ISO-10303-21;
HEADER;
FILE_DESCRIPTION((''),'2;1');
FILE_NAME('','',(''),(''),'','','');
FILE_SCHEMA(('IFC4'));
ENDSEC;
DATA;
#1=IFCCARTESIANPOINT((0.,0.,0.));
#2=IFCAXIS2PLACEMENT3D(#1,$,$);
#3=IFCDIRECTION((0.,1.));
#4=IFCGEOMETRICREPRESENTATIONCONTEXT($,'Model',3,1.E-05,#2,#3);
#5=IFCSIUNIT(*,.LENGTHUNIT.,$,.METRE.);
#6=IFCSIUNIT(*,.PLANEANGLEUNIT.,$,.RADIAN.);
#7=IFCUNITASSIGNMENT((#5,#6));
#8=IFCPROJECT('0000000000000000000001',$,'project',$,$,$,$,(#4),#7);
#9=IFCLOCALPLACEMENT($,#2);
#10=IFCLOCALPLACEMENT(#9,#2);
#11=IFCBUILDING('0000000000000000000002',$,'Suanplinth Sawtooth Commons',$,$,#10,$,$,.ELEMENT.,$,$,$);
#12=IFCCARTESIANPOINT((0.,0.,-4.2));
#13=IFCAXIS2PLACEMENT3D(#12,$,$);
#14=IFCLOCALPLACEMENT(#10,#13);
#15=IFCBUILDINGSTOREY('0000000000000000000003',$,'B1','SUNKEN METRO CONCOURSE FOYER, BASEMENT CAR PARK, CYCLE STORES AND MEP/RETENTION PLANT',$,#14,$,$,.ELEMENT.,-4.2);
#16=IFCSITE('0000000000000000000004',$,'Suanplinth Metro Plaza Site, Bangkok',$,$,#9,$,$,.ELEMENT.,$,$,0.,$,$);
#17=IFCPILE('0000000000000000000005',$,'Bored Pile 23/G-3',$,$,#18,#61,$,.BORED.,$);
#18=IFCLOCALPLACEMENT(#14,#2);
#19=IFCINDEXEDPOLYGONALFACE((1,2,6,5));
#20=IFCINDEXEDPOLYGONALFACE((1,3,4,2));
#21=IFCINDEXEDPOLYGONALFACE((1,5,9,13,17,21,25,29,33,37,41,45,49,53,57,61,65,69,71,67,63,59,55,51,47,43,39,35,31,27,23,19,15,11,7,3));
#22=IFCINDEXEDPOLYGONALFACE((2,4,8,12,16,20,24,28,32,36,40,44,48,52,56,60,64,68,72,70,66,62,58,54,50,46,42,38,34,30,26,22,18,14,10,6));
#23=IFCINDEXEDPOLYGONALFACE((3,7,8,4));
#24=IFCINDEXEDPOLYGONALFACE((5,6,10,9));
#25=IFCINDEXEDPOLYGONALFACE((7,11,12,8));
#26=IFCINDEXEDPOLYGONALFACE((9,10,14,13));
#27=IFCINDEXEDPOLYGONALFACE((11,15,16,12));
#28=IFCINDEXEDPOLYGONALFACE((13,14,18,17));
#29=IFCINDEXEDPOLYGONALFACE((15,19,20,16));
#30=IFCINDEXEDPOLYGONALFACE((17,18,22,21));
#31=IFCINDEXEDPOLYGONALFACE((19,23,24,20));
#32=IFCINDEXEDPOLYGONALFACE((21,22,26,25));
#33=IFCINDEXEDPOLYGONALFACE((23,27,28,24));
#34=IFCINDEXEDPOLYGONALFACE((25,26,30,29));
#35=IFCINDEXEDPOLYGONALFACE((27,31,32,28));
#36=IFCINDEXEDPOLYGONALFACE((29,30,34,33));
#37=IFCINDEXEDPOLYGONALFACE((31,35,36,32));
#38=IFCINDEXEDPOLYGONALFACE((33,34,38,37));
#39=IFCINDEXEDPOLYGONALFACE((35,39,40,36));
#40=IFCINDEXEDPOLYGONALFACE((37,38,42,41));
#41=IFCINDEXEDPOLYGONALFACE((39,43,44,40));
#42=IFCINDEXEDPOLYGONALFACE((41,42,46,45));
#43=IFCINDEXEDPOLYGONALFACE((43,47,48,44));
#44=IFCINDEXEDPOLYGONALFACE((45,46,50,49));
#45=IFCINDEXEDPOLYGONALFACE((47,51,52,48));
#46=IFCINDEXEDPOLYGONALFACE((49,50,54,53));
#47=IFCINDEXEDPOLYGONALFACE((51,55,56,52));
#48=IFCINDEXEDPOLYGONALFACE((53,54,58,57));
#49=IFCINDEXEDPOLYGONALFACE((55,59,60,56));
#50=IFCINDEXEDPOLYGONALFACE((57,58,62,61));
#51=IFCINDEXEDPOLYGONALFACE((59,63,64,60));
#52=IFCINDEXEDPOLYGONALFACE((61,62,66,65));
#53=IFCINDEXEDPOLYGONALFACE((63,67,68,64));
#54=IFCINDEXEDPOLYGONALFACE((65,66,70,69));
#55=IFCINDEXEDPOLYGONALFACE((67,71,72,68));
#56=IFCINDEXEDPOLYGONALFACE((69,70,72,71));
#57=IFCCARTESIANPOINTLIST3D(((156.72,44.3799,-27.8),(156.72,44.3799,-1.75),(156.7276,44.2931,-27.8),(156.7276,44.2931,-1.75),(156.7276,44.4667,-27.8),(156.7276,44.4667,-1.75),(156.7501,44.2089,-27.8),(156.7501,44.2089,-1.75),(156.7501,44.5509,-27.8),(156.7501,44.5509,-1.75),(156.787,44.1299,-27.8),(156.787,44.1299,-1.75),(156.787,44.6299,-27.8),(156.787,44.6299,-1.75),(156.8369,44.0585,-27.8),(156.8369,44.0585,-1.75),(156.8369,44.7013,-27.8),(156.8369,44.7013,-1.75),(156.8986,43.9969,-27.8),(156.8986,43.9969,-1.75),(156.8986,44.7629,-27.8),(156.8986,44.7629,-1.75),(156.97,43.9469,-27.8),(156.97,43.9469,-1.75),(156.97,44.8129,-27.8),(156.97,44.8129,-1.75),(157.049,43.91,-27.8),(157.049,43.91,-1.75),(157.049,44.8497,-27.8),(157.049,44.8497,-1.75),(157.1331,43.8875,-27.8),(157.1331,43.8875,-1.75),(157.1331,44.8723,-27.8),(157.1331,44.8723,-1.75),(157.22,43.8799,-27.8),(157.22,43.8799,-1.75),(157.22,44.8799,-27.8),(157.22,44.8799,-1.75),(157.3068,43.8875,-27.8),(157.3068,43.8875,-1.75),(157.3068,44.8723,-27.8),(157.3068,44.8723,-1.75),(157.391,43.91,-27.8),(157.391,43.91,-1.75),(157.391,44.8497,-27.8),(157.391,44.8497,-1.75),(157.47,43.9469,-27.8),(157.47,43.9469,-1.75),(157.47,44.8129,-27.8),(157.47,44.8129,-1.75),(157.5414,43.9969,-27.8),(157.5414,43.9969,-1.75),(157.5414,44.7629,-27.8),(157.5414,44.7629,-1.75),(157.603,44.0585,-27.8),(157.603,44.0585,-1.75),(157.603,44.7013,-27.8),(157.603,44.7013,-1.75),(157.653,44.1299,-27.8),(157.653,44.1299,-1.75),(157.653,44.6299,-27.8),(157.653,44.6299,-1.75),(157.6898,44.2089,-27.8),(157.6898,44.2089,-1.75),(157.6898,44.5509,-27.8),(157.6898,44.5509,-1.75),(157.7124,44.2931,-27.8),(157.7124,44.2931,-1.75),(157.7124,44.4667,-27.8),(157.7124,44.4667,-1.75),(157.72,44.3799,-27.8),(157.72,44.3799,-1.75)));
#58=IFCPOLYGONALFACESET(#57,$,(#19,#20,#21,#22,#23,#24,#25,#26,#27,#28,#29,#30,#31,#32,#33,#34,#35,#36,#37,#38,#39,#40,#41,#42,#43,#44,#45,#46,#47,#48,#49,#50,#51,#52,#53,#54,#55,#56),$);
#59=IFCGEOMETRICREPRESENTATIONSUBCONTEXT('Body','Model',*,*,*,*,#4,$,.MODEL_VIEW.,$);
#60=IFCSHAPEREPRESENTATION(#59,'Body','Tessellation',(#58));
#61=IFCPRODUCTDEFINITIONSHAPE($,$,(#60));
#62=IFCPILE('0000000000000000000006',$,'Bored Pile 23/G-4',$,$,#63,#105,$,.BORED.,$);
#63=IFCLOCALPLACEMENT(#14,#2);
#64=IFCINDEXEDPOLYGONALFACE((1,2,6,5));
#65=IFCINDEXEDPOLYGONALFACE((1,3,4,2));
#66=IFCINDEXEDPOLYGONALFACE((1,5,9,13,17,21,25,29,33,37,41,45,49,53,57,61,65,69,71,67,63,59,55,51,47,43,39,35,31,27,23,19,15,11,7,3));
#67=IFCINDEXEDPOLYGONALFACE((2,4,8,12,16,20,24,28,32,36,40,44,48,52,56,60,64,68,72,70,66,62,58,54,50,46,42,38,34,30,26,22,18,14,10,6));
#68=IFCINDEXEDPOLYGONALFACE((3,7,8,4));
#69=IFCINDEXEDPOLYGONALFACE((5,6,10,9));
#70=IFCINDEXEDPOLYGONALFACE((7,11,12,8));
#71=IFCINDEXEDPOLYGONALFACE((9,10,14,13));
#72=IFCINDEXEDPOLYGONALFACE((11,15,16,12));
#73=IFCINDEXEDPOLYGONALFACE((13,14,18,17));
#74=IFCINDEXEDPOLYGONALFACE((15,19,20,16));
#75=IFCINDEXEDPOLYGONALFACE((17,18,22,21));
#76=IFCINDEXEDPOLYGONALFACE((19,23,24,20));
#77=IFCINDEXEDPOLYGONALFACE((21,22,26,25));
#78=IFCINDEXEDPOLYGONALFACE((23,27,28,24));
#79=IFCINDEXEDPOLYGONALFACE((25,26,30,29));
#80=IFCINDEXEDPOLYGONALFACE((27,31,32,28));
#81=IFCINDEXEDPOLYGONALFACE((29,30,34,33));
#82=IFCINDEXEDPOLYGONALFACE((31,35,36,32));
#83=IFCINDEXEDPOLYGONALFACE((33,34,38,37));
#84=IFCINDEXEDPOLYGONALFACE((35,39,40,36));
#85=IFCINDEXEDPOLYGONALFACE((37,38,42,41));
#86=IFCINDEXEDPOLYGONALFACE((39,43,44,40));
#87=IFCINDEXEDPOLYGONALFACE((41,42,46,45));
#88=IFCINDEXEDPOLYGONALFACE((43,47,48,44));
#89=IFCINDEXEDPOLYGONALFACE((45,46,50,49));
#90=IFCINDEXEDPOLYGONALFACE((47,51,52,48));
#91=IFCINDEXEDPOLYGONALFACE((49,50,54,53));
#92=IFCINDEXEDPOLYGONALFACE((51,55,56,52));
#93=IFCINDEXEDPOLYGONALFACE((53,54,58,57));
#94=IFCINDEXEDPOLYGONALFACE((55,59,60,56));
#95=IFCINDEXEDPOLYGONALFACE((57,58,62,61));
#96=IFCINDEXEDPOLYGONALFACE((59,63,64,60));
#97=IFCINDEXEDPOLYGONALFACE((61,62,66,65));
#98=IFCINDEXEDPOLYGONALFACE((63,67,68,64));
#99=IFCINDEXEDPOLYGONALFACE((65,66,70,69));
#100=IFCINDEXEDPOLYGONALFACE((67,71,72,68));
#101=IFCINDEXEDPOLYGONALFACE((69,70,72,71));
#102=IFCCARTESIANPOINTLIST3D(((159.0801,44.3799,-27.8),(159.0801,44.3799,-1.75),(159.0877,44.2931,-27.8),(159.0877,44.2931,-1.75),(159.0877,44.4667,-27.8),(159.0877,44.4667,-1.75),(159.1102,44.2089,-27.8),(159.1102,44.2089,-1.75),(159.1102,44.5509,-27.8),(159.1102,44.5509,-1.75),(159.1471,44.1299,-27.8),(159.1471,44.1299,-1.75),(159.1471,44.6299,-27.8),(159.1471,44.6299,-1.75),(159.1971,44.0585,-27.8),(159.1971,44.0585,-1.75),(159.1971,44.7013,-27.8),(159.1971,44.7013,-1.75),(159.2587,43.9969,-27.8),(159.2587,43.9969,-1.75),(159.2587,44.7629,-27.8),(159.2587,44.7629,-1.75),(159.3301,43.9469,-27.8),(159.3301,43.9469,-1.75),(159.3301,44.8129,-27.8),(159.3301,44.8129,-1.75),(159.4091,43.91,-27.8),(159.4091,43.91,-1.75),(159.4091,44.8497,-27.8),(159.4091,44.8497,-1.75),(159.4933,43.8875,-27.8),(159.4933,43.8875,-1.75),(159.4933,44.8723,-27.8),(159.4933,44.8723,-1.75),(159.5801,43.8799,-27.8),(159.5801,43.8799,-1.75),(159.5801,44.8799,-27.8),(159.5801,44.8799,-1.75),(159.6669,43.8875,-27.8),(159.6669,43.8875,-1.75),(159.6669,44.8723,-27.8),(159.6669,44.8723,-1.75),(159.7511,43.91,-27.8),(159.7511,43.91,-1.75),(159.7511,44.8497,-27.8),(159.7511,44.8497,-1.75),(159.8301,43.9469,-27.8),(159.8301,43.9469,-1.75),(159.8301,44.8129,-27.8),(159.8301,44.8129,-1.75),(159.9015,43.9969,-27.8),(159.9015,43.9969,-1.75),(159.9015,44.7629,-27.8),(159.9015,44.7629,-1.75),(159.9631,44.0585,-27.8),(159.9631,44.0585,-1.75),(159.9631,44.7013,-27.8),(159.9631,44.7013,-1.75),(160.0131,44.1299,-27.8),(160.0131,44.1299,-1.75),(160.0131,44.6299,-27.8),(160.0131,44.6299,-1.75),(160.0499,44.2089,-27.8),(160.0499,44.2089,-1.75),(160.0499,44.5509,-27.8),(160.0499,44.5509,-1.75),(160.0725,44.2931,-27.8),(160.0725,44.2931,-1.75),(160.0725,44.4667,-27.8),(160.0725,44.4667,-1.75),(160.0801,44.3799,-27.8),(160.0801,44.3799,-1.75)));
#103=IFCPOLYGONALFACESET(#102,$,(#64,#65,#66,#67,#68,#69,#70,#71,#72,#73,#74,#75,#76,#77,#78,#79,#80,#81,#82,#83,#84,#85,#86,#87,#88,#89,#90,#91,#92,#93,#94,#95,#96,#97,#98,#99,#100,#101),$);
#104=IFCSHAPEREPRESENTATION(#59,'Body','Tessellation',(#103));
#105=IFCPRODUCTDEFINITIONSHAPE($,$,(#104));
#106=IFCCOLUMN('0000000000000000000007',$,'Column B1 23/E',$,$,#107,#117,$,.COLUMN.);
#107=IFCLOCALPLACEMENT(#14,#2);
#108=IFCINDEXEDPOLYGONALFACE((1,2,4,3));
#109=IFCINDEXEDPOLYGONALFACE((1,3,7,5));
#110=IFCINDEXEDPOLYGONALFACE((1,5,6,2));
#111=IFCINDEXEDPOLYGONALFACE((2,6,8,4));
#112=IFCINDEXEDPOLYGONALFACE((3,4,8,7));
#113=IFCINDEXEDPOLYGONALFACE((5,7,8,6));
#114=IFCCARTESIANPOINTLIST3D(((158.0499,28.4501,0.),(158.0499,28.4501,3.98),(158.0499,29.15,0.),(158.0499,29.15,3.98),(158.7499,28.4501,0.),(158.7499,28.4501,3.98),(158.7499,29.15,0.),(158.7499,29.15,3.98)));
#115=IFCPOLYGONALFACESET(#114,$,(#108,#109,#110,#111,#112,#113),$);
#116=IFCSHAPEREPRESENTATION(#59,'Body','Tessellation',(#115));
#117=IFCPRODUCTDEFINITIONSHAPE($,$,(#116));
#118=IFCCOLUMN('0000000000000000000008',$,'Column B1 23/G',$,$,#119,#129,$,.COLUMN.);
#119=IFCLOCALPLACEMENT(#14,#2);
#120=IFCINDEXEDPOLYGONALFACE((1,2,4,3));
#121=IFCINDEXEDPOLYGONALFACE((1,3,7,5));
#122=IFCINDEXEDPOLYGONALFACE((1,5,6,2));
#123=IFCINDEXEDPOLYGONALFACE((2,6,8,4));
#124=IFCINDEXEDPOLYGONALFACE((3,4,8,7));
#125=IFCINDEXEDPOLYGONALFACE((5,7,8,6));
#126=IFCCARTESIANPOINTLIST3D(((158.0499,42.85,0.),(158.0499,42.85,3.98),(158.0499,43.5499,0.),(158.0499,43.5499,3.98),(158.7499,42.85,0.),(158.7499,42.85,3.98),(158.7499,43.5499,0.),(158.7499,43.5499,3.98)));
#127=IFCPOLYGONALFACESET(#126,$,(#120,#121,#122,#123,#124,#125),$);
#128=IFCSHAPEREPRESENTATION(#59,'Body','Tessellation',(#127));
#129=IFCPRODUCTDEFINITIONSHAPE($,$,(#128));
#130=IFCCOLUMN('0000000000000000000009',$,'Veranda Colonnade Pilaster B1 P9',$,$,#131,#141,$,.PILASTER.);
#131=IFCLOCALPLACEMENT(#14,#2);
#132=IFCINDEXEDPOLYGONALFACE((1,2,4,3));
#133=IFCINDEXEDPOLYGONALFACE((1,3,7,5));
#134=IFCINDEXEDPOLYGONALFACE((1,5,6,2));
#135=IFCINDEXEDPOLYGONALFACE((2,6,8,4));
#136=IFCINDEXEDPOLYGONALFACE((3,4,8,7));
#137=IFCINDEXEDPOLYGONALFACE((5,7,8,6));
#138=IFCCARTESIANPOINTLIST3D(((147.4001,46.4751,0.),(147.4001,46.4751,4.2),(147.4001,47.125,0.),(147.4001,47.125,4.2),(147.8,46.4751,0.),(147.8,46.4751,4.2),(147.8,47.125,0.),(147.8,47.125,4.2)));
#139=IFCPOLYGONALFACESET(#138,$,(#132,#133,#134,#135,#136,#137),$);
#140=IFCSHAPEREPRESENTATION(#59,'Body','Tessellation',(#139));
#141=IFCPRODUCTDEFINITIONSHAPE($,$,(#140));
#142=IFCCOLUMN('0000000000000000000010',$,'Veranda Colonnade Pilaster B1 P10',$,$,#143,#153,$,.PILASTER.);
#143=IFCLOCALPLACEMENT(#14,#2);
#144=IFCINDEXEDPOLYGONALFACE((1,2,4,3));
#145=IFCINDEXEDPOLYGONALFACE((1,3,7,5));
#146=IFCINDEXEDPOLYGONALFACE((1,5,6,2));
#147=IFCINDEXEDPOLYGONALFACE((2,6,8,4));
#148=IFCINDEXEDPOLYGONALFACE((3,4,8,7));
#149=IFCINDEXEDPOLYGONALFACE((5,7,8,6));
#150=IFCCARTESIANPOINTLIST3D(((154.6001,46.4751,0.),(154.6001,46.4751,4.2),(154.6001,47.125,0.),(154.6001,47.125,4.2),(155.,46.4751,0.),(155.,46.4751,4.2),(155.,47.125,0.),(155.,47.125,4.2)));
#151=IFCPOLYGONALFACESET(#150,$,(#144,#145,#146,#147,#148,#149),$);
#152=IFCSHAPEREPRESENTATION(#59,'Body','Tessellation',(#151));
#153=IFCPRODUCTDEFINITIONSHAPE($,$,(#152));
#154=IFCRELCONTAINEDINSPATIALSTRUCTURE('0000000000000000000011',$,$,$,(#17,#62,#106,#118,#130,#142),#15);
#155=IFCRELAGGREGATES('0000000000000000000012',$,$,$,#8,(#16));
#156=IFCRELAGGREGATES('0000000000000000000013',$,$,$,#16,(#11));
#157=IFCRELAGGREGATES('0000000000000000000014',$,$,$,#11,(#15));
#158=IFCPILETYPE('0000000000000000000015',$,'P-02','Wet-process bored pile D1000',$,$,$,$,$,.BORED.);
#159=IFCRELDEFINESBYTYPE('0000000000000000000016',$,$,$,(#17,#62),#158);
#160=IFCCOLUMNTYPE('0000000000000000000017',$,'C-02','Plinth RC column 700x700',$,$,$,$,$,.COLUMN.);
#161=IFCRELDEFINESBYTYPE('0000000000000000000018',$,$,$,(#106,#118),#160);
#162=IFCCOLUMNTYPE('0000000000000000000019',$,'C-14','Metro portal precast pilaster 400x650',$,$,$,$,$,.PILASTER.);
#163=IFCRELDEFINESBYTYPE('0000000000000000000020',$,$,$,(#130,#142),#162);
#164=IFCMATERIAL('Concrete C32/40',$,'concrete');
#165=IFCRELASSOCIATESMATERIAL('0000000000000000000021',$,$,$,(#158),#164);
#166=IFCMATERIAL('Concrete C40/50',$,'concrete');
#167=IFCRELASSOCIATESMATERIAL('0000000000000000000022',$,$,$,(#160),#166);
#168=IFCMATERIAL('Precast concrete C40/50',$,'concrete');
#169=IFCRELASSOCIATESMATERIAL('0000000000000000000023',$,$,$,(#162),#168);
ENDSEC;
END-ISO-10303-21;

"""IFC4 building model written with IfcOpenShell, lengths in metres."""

from ifc_helpers import new_model, si_unit, direction, frame, origin, origin_2d, place, context, subcontext, project, spatial, rectangle, circle, extrude, material, material_profile, profile_set, type_object, element, save


model = new_model("IFC4")

# Units and contexts
model_context = context("Model", 3, precision=1e-05, world=origin(), true_north=direction((0.0, 1.0)))
body_context = subcontext(model_context, "Body", "Model", "MODEL_VIEW")
ifc_project = project(units=[si_unit("LENGTHUNIT", "METRE"), si_unit("PLANEANGLEUNIT", "RADIAN")], contexts=[model_context])

# Site, building, storey
site_placement = place(None, origin())
site = spatial("IfcSite", under=ifc_project, at=site_placement, Name="Suanplinth Metro Plaza Site, Bangkok", CompositionType="ELEMENT", RefElevation=0.0)
building_placement = place(site_placement, origin())
building = spatial("IfcBuilding", under=site, at=building_placement, Name="Suanplinth Sawtooth Commons", CompositionType="ELEMENT")
storey_placement = place(building_placement, frame((0.0, 0.0, -4.2)))
storey = spatial("IfcBuildingStorey", under=building, at=storey_placement, Name="B1", Description="SUNKEN METRO CONCOURSE FOYER, BASEMENT CAR PARK, CYCLE STORES AND MEP/RETENTION PLANT", CompositionType="ELEMENT", Elevation=-4.2)

# Piles
ifc_material_1 = material(Name="Concrete C32/40", Category="concrete")
ifc_material_profile_1 = material_profile(ifc_material_1, circle(Radius=0.5, at=origin_2d()), Name="PILE D1000")
ifc_profile_set_1 = profile_set([ifc_material_profile_1], Name="Concrete C32/40")
pile_type_1 = type_object("IfcPileType", Name="P-02", Description="Wet-process bored pile D1000", PredefinedType="BORED", material=ifc_profile_set_1)
for number, where, z_axis, x_axis, name in (
    (1, (157.22, 44.3799, -1.75), (0.0, 0.0, -1.0), (1.0, 0.0, 0.0), "Bored Pile 23/G-3"),
    (2, (159.5801, 44.3799, -1.75), (0.0, 0.0, -1.0), (1.0, 0.0, 0.0), "Bored Pile 23/G-4"),
):
    element("IfcPile", number, at=place(storey_placement, frame(where, z_axis=z_axis, x_axis=x_axis)), inside=storey, type_object=pile_type_1, Name=name, PredefinedType="BORED", context=body_context, shape_type="SweptSolid", body=[
        extrude(circle(Radius=0.5, at=origin_2d()), origin(), (0.0, 0.0, 1.0), 26.05),
    ])

# Columns
ifc_material_2 = material(Name="Concrete C40/50", Category="concrete")
ifc_material_profile_2 = material_profile(ifc_material_2, rectangle(XDim=0.7, YDim=0.7, at=origin_2d()), Name="RC-COL 700x700")
ifc_profile_set_2 = profile_set([ifc_material_profile_2], Name="Concrete C40/50")
column_type_1 = type_object("IfcColumnType", Name="C-02", Description="Plinth RC column 700x700", PredefinedType="COLUMN", material=ifc_profile_set_2)
for number, where, z_axis, x_axis, name in (
    (3, (158.3999, 28.8, 0.0), (0.0, 0.0, 1.0), (1.0, 0.0, 0.0), "Column B1 23/E"),
    (4, (158.3999, 43.2, 0.0), (0.0, 0.0, 1.0), (1.0, 0.0, 0.0), "Column B1 23/G"),
):
    element("IfcColumn", number, at=place(storey_placement, frame(where, z_axis=z_axis, x_axis=x_axis)), inside=storey, type_object=column_type_1, Name=name, PredefinedType="COLUMN", context=body_context, shape_type="SweptSolid", body=[
        extrude(rectangle(XDim=0.7, YDim=0.7, at=origin_2d()), origin(), (0.0, 0.0, 1.0), 3.98),
    ])
ifc_material_3 = material(Name="Precast concrete C40/50", Category="concrete")
ifc_material_profile_3 = material_profile(ifc_material_3, rectangle(XDim=0.3999, YDim=0.6499, at=origin_2d()), Name="PC-PIL 400x650")
ifc_profile_set_3 = profile_set([ifc_material_profile_3], Name="Precast concrete C40/50")
column_type_2 = type_object("IfcColumnType", Name="C-14", Description="Metro portal precast pilaster 400x650", PredefinedType="PILASTER", material=ifc_profile_set_3)
for number, where, z_axis, x_axis, name in (
    (5, (147.6001, 46.8, 0.0), (0.0, 0.0, 1.0), (1.0, 0.0, 0.0), "Veranda Colonnade Pilaster B1 P9"),
    (6, (154.8, 46.8, 0.0), (0.0, 0.0, 1.0), (1.0, 0.0, 0.0), "Veranda Colonnade Pilaster B1 P10"),
):
    element("IfcColumn", number, at=place(storey_placement, frame(where, z_axis=z_axis, x_axis=x_axis)), inside=storey, type_object=column_type_2, Name=name, PredefinedType="PILASTER", context=body_context, shape_type="SweptSolid", body=[
        extrude(rectangle(XDim=0.3999, YDim=0.6499, at=origin_2d()), origin(), (0.0, 0.0, 1.0), 4.2),
    ])

save(model, "model.ifc")
